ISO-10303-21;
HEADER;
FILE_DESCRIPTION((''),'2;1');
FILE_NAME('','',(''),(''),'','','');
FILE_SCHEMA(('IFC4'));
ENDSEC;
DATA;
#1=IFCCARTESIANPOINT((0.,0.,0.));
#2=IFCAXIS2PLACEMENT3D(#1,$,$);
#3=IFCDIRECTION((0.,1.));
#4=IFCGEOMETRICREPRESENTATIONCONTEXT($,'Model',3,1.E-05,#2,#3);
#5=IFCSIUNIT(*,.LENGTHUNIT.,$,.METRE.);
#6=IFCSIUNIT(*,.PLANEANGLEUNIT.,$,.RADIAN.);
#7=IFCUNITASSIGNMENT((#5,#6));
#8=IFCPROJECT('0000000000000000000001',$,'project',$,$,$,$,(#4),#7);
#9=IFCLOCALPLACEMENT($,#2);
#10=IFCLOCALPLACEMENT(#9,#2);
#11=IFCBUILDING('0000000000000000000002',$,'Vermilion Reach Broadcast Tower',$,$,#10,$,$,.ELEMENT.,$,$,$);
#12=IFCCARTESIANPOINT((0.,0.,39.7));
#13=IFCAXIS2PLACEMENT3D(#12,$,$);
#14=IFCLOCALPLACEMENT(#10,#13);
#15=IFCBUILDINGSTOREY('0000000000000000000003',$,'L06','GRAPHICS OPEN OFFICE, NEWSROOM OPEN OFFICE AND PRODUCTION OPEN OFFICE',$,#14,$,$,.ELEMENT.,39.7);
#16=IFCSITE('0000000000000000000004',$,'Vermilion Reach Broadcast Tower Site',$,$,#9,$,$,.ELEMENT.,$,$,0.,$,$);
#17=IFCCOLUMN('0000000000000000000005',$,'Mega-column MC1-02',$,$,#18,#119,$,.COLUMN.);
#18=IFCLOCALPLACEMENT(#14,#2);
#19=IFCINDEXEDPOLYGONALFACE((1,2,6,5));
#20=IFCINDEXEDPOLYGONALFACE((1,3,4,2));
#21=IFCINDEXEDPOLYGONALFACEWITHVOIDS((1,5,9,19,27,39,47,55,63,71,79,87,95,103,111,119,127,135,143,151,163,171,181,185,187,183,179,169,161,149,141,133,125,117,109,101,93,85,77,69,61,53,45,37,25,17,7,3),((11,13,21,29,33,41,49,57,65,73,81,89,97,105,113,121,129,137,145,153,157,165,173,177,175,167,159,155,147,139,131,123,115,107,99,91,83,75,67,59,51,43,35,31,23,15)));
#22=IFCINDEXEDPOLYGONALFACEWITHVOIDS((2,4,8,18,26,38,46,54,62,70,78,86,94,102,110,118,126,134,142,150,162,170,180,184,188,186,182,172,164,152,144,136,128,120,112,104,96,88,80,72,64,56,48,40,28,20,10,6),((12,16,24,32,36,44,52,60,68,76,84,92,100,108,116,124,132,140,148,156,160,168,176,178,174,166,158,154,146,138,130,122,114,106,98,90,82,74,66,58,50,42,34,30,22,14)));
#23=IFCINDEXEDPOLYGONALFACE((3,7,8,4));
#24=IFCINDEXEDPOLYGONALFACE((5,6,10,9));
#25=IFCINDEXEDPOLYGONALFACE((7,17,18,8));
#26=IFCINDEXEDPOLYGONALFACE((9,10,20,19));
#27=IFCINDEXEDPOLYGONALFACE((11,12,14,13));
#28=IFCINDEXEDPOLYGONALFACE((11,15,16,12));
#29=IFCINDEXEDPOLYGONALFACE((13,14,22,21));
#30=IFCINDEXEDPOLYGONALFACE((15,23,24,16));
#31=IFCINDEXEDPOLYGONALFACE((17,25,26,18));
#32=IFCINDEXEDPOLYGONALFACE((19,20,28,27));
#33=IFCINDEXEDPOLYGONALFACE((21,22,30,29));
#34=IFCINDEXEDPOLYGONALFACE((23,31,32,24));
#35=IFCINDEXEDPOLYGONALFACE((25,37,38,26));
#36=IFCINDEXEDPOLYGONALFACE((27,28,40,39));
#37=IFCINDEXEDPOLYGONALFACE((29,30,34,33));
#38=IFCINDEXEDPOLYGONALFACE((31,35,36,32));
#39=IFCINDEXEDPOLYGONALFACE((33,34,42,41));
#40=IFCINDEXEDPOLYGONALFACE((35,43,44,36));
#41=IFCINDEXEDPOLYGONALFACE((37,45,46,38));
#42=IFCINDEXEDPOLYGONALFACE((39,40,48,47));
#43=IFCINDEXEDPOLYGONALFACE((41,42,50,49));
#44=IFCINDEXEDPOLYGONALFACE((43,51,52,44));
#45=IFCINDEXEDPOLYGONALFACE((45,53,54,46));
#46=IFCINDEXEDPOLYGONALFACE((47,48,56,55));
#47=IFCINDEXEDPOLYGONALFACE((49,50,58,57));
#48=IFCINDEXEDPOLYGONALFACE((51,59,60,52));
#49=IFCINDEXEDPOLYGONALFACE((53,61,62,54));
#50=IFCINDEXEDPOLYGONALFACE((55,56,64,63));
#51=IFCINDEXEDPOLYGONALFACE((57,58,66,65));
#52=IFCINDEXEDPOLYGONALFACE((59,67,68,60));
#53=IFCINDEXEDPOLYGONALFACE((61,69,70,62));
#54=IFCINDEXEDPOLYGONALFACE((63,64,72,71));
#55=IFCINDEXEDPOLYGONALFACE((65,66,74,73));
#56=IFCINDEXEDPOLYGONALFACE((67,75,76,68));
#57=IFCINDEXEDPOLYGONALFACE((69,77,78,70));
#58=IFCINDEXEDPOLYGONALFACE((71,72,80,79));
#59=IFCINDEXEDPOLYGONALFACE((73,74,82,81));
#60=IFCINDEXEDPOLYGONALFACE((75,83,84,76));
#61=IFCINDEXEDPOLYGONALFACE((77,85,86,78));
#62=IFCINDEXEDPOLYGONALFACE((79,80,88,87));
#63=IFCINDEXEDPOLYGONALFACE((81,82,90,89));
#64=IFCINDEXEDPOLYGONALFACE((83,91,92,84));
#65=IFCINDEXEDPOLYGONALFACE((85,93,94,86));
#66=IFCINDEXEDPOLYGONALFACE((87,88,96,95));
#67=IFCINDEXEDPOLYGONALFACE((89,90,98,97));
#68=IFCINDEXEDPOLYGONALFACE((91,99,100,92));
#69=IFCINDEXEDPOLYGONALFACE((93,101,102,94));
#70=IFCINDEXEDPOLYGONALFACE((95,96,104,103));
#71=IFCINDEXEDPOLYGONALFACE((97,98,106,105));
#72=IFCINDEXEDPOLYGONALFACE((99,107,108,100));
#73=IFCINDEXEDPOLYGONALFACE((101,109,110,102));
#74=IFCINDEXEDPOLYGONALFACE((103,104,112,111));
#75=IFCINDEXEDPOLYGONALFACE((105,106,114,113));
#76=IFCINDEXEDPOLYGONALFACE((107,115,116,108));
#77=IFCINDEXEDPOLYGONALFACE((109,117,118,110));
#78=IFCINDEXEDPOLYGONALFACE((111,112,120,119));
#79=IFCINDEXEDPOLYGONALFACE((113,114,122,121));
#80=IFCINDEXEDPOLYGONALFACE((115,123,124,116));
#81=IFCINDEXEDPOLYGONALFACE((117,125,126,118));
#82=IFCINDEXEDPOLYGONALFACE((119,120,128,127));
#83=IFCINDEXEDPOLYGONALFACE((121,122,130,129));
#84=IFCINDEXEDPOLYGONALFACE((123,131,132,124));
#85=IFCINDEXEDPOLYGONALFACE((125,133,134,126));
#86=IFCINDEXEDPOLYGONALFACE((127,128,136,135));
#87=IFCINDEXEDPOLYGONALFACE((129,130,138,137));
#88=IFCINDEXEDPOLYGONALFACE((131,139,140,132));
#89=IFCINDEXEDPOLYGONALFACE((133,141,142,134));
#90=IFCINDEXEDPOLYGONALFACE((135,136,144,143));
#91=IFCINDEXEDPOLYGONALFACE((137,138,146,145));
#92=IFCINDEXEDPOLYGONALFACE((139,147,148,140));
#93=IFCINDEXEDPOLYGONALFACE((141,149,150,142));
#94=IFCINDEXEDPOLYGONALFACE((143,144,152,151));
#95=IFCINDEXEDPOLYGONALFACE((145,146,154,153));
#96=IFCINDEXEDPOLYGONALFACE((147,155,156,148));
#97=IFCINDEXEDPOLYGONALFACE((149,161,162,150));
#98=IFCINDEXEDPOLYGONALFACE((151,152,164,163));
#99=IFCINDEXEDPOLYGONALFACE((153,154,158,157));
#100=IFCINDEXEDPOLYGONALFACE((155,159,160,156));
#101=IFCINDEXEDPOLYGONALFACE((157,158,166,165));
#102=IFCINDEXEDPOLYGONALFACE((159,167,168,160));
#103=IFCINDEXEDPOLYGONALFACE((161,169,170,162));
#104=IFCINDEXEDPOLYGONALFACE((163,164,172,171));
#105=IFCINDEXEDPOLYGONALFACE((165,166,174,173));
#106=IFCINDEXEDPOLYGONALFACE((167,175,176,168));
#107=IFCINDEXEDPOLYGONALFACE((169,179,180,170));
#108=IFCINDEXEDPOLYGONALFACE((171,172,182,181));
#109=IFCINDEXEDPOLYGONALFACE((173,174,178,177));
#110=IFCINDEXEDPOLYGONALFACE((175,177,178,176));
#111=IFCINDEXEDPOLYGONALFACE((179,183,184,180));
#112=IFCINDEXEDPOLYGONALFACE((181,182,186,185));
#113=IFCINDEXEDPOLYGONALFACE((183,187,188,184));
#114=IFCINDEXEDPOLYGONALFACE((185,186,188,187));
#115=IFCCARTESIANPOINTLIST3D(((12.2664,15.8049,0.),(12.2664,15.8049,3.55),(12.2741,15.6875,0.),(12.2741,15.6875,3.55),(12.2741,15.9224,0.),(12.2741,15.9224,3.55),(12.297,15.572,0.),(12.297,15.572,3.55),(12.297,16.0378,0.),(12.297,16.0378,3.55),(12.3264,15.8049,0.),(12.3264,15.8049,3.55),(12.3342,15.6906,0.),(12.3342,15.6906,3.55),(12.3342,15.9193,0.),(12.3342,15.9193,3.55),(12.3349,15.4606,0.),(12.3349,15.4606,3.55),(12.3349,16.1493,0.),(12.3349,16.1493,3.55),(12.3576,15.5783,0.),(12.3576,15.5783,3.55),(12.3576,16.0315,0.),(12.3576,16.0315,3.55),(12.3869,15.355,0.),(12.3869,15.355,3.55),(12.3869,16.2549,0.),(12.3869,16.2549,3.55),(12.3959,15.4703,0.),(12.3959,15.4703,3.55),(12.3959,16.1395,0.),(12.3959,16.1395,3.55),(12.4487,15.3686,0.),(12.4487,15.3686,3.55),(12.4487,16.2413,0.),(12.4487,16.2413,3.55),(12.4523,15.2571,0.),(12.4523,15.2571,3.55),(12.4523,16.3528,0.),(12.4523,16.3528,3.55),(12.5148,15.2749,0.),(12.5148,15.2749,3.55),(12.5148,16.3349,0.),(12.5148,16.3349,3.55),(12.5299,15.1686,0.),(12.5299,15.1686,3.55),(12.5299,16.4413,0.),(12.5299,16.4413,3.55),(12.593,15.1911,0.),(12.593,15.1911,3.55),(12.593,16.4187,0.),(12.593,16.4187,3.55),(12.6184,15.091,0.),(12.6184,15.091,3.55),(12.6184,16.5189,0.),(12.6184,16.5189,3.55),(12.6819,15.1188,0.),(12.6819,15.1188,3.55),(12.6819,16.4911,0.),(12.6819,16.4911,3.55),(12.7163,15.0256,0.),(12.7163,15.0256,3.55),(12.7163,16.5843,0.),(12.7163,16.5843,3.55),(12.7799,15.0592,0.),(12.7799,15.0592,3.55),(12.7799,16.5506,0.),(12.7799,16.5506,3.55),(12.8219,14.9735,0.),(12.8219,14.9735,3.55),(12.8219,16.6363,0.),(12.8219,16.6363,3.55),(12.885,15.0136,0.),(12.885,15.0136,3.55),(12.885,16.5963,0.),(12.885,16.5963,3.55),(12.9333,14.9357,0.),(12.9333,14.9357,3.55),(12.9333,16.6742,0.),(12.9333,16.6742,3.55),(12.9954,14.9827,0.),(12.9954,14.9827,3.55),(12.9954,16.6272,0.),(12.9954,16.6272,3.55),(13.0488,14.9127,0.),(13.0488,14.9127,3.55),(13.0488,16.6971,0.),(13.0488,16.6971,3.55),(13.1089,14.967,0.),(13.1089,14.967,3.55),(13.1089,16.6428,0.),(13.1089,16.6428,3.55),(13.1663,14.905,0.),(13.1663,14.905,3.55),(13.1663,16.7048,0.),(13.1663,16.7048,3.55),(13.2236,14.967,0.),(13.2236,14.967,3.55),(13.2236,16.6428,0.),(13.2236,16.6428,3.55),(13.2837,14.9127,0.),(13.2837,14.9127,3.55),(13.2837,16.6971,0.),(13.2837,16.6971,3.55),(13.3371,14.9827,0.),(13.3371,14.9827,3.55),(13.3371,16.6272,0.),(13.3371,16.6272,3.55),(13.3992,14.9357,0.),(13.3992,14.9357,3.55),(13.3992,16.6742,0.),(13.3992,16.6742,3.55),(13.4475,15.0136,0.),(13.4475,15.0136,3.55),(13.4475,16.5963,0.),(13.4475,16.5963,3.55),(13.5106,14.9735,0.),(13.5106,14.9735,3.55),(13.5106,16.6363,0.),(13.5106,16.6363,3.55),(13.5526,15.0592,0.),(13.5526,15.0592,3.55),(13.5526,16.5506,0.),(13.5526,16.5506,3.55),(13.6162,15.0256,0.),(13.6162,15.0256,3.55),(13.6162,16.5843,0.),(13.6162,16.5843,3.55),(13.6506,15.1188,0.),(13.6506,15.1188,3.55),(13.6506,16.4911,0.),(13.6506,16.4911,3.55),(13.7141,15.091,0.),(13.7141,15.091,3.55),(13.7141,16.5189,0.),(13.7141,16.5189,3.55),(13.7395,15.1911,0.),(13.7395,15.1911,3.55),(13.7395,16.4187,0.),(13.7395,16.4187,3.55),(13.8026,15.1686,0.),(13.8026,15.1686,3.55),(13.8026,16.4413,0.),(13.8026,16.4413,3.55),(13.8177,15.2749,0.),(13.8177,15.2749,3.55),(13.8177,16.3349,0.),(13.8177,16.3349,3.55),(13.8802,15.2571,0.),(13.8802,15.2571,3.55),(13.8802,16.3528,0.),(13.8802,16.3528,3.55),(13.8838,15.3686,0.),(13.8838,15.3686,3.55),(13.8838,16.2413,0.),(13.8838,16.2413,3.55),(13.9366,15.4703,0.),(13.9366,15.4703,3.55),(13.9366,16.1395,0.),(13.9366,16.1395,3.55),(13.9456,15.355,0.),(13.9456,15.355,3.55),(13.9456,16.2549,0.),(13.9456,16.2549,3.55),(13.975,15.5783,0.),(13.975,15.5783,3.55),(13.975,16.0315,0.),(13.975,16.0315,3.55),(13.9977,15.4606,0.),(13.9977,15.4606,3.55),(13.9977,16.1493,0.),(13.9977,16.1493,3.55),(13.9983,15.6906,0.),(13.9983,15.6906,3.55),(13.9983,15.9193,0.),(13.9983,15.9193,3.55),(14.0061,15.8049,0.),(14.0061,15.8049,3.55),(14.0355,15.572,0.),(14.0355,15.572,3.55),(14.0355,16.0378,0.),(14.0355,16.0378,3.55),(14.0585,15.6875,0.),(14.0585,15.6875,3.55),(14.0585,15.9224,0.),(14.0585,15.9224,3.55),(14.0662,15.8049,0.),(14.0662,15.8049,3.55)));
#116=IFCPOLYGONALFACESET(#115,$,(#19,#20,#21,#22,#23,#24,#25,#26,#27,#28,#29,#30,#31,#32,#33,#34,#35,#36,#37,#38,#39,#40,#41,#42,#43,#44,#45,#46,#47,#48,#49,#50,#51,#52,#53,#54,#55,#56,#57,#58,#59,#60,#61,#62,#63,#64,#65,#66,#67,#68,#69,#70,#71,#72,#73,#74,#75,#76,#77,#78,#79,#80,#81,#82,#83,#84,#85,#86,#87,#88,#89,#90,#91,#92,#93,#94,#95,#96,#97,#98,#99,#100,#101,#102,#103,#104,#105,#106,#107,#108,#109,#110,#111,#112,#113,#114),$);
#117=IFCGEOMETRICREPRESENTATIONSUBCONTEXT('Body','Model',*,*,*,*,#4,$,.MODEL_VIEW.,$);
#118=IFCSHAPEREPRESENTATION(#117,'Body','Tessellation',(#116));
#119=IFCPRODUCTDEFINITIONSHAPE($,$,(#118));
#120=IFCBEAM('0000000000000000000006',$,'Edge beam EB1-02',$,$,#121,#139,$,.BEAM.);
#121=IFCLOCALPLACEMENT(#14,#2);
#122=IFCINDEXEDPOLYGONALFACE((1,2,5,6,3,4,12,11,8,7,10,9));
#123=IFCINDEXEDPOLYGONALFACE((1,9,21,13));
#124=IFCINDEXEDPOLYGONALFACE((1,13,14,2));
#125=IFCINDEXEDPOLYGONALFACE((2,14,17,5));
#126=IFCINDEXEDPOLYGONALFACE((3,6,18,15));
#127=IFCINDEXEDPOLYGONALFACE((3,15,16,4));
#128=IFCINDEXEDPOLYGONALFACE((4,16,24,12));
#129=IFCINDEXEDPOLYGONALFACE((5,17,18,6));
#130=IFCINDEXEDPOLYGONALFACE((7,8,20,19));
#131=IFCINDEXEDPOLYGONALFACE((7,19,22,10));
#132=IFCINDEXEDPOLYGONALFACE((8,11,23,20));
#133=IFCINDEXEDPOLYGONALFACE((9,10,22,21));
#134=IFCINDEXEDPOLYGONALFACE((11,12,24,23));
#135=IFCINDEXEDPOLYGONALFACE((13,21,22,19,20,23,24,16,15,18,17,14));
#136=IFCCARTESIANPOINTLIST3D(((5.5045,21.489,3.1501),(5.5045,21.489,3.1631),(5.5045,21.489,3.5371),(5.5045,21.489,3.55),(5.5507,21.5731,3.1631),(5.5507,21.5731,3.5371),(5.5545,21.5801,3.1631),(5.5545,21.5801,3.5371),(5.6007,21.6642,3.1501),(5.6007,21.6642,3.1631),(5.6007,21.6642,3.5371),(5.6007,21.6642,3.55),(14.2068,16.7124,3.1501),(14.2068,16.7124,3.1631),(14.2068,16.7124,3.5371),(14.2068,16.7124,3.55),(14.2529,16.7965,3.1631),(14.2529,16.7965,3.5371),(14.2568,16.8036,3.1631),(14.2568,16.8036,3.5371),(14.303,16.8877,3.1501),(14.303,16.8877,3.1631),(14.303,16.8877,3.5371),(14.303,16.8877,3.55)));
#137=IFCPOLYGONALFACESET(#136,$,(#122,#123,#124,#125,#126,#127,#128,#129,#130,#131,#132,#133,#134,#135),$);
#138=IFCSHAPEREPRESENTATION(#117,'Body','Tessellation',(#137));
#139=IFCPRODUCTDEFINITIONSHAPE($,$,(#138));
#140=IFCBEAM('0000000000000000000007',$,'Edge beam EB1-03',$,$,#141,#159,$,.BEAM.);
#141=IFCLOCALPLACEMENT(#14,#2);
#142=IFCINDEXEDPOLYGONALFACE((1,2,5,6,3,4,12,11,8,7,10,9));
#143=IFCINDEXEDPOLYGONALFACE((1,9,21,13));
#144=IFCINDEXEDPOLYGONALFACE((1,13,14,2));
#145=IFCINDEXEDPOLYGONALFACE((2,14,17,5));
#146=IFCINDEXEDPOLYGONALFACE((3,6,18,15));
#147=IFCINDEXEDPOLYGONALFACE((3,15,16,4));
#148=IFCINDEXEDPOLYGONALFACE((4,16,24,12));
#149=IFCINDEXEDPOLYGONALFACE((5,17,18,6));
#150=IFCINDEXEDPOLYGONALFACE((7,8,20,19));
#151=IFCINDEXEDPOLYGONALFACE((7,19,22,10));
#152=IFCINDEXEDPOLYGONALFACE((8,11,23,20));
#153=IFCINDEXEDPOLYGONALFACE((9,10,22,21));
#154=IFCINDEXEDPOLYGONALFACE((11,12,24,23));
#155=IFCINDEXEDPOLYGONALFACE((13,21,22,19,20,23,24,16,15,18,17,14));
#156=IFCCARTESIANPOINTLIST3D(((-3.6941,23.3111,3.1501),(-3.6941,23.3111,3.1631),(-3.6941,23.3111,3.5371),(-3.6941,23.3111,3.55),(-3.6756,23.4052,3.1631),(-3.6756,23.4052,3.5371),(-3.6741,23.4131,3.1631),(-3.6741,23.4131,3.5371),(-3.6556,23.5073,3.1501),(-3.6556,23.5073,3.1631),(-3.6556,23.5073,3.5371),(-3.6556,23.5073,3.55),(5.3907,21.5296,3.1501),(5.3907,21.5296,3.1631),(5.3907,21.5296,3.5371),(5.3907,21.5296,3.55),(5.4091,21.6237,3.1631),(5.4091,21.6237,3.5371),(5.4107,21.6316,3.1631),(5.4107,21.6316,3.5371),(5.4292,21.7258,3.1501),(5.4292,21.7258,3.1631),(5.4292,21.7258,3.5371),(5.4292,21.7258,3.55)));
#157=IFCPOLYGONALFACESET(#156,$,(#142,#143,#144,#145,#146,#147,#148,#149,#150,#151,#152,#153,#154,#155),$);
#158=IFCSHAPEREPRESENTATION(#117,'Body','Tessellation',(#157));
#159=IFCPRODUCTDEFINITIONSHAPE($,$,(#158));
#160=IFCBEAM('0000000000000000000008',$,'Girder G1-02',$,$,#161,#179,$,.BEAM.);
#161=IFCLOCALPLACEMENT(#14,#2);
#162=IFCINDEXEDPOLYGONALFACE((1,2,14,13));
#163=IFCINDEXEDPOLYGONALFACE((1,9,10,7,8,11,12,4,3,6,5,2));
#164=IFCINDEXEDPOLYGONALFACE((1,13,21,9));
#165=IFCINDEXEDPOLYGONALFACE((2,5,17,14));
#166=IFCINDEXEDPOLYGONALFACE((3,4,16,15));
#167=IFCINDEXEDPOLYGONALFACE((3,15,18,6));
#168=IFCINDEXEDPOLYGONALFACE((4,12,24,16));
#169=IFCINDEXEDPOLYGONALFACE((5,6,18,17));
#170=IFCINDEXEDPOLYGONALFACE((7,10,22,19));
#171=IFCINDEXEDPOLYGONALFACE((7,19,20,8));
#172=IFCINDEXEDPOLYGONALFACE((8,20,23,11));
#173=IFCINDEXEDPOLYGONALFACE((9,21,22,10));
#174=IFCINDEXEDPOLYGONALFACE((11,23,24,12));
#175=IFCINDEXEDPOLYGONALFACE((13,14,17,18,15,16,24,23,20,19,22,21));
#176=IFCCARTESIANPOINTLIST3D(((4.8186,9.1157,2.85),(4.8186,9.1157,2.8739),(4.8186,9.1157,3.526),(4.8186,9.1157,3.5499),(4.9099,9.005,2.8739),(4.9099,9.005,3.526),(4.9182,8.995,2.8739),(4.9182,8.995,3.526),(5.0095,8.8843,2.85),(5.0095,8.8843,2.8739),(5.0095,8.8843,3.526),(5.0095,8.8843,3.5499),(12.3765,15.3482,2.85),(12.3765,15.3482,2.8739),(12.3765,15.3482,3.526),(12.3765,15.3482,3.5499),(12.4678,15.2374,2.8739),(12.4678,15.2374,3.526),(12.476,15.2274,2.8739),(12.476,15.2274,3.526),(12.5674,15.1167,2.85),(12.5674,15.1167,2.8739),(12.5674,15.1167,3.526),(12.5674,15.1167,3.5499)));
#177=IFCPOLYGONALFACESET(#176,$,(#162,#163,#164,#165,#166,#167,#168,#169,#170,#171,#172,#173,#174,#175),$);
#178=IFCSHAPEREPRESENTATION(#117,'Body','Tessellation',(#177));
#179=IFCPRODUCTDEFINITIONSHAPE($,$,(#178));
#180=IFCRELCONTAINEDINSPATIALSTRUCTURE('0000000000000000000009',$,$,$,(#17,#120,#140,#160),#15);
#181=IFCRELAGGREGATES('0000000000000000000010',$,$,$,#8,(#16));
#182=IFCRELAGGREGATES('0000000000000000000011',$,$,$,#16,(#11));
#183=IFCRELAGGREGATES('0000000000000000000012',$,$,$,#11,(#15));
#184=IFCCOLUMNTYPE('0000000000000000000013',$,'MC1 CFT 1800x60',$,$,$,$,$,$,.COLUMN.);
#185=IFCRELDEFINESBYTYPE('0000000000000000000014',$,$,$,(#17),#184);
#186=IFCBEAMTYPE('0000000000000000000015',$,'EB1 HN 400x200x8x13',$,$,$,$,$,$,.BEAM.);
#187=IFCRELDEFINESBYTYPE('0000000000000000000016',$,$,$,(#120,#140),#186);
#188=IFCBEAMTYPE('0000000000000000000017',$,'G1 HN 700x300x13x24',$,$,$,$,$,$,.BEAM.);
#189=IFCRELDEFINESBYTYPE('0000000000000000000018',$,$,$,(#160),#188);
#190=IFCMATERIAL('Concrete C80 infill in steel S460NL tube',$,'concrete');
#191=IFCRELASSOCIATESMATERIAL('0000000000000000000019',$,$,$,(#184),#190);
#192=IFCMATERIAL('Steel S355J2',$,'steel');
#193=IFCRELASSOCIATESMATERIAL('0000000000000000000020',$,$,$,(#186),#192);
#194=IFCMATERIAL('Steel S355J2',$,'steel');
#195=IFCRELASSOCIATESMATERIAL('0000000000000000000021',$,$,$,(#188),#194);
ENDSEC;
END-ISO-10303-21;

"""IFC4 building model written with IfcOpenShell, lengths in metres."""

from ifc_helpers import new_model, si_unit, direction, frame, origin, origin_2d, place, context, subcontext, project, spatial, hollow_circle, i_section, extrude, material, material_profile, profile_set, type_object, element, save


model = new_model("IFC4")

# Units and contexts
model_context = context("Model", 3, precision=1e-05, world=origin(), true_north=direction((0.0, 1.0)))
body_context = subcontext(model_context, "Body", "Model", "MODEL_VIEW")
ifc_project = project(units=[si_unit("LENGTHUNIT", "METRE"), si_unit("PLANEANGLEUNIT", "RADIAN")], contexts=[model_context])

# Site, building, storey
site_placement = place(None, origin())
site = spatial("IfcSite", under=ifc_project, at=site_placement, Name="Vermilion Reach Broadcast Tower Site", CompositionType="ELEMENT", RefElevation=0.0)
building_placement = place(site_placement, origin())
building = spatial("IfcBuilding", under=site, at=building_placement, Name="Vermilion Reach Broadcast Tower", CompositionType="ELEMENT")
storey_placement = place(building_placement, frame((0.0, 0.0, 39.7)))
storey = spatial("IfcBuildingStorey", under=building, at=storey_placement, Name="L06", Description="GRAPHICS OPEN OFFICE, NEWSROOM OPEN OFFICE AND PRODUCTION OPEN OFFICE", CompositionType="ELEMENT", Elevation=39.7)

# Column
ifc_material_1 = material(Name="Concrete C80 infill in steel S460NL tube", Category="concrete")
ifc_material_profile_1 = material_profile(ifc_material_1, hollow_circle(Radius=0.8999, WallThickness=0.0601, at=origin_2d()), Name="Concrete C80 infill in steel S460NL tube CFT 1800x60")
ifc_profile_set_1 = profile_set([ifc_material_profile_1], Name="Concrete C80 infill in steel S460NL tube")
column_type = type_object("IfcColumnType", Name="MC1 CFT 1800x60", PredefinedType="COLUMN", material=ifc_profile_set_1)
column_placement = place(storey_placement, frame((13.1663, 15.8049, 0.0), z_axis=(0.0, 0.0, 1.0), x_axis=(1.0, 0.0, 0.0)))
element("IfcColumn", 1, at=column_placement, inside=storey, type_object=column_type, Name="Mega-column MC1-02", PredefinedType="COLUMN", context=body_context, shape_type="SweptSolid", body=[
    extrude(hollow_circle(Radius=0.8999, WallThickness=0.0601, at=origin_2d()), origin(), (0.0, 0.0, 1.0), 3.55),
])

# Beams
ifc_material_2 = material(Name="Steel S355J2", Category="steel")
ifc_material_profile_2 = material_profile(ifc_material_2, i_section(OverallWidth=0.2, OverallDepth=0.3999, WebThickness=0.0081, FlangeThickness=0.0129, at=origin_2d()), Name="S355J2 HN 400x200x8x13")
ifc_profile_set_2 = profile_set([ifc_material_profile_2], Name="Steel S355J2")
beam_type_1 = type_object("IfcBeamType", Name="EB1 HN 400x200x8x13", PredefinedType="BEAM", material=ifc_profile_set_2)
beam_1_placement = place(storey_placement, frame((14.2549, 16.8, 3.3501), z_axis=(-0.876628, 0.481168, 0.0), x_axis=(-0.481168, -0.876628, 0.0)))
element("IfcBeam", 2, at=beam_1_placement, inside=storey, type_object=beam_type_1, Name="Edge beam EB1-02", PredefinedType="BEAM", context=body_context, shape_type="SweptSolid", body=[
    extrude(i_section(OverallWidth=0.2, OverallDepth=0.3999, WebThickness=0.0081, FlangeThickness=0.0129, at=origin_2d()), origin(), (0.0, 0.0, 1.0), 9.927),
])
beam_2_placement = place(storey_placement, frame((5.4099, 21.6277, 3.3501), z_axis=(-0.98131, 0.192433, 0.0), x_axis=(-0.192433, -0.98131, 0.0)))
element("IfcBeam", 3, at=beam_2_placement, inside=storey, type_object=beam_type_1, Name="Edge beam EB1-03", PredefinedType="BEAM", context=body_context, shape_type="SweptSolid", body=[
    extrude(i_section(OverallWidth=0.2, OverallDepth=0.3999, WebThickness=0.0081, FlangeThickness=0.0129, at=origin_2d()), origin(), (0.0, 0.0, 1.0), 9.2578),
])
ifc_material_3 = material(Name="Steel S355J2", Category="steel")
ifc_material_profile_3 = material_profile(ifc_material_3, i_section(OverallWidth=0.3, OverallDepth=0.7, WebThickness=0.0129, FlangeThickness=0.0239, at=origin_2d()), Name="S355J2 HN 700x300x13x24")
ifc_profile_set_3 = profile_set([ifc_material_profile_3], Name="Steel S355J2")
beam_type_2 = type_object("IfcBeamType", Name="G1 HN 700x300x13x24", PredefinedType="BEAM", material=ifc_profile_set_3)
beam_3_placement = place(storey_placement, frame((4.9141, 9.0, 3.2), z_axis=(0.771514, 0.636212, 0.0), x_axis=(-0.636212, 0.771514, 0.0)))
element("IfcBeam", 4, at=beam_3_placement, inside=storey, type_object=beam_type_2, Name="Girder G1-02", PredefinedType="BEAM", context=body_context, shape_type="SweptSolid", body=[
    extrude(i_section(OverallWidth=0.3, OverallDepth=0.7, WebThickness=0.0129, FlangeThickness=0.0239, at=origin_2d()), origin(), (0.0, 0.0, 1.0), 9.7961),
])

save(model, "model.ifc")
